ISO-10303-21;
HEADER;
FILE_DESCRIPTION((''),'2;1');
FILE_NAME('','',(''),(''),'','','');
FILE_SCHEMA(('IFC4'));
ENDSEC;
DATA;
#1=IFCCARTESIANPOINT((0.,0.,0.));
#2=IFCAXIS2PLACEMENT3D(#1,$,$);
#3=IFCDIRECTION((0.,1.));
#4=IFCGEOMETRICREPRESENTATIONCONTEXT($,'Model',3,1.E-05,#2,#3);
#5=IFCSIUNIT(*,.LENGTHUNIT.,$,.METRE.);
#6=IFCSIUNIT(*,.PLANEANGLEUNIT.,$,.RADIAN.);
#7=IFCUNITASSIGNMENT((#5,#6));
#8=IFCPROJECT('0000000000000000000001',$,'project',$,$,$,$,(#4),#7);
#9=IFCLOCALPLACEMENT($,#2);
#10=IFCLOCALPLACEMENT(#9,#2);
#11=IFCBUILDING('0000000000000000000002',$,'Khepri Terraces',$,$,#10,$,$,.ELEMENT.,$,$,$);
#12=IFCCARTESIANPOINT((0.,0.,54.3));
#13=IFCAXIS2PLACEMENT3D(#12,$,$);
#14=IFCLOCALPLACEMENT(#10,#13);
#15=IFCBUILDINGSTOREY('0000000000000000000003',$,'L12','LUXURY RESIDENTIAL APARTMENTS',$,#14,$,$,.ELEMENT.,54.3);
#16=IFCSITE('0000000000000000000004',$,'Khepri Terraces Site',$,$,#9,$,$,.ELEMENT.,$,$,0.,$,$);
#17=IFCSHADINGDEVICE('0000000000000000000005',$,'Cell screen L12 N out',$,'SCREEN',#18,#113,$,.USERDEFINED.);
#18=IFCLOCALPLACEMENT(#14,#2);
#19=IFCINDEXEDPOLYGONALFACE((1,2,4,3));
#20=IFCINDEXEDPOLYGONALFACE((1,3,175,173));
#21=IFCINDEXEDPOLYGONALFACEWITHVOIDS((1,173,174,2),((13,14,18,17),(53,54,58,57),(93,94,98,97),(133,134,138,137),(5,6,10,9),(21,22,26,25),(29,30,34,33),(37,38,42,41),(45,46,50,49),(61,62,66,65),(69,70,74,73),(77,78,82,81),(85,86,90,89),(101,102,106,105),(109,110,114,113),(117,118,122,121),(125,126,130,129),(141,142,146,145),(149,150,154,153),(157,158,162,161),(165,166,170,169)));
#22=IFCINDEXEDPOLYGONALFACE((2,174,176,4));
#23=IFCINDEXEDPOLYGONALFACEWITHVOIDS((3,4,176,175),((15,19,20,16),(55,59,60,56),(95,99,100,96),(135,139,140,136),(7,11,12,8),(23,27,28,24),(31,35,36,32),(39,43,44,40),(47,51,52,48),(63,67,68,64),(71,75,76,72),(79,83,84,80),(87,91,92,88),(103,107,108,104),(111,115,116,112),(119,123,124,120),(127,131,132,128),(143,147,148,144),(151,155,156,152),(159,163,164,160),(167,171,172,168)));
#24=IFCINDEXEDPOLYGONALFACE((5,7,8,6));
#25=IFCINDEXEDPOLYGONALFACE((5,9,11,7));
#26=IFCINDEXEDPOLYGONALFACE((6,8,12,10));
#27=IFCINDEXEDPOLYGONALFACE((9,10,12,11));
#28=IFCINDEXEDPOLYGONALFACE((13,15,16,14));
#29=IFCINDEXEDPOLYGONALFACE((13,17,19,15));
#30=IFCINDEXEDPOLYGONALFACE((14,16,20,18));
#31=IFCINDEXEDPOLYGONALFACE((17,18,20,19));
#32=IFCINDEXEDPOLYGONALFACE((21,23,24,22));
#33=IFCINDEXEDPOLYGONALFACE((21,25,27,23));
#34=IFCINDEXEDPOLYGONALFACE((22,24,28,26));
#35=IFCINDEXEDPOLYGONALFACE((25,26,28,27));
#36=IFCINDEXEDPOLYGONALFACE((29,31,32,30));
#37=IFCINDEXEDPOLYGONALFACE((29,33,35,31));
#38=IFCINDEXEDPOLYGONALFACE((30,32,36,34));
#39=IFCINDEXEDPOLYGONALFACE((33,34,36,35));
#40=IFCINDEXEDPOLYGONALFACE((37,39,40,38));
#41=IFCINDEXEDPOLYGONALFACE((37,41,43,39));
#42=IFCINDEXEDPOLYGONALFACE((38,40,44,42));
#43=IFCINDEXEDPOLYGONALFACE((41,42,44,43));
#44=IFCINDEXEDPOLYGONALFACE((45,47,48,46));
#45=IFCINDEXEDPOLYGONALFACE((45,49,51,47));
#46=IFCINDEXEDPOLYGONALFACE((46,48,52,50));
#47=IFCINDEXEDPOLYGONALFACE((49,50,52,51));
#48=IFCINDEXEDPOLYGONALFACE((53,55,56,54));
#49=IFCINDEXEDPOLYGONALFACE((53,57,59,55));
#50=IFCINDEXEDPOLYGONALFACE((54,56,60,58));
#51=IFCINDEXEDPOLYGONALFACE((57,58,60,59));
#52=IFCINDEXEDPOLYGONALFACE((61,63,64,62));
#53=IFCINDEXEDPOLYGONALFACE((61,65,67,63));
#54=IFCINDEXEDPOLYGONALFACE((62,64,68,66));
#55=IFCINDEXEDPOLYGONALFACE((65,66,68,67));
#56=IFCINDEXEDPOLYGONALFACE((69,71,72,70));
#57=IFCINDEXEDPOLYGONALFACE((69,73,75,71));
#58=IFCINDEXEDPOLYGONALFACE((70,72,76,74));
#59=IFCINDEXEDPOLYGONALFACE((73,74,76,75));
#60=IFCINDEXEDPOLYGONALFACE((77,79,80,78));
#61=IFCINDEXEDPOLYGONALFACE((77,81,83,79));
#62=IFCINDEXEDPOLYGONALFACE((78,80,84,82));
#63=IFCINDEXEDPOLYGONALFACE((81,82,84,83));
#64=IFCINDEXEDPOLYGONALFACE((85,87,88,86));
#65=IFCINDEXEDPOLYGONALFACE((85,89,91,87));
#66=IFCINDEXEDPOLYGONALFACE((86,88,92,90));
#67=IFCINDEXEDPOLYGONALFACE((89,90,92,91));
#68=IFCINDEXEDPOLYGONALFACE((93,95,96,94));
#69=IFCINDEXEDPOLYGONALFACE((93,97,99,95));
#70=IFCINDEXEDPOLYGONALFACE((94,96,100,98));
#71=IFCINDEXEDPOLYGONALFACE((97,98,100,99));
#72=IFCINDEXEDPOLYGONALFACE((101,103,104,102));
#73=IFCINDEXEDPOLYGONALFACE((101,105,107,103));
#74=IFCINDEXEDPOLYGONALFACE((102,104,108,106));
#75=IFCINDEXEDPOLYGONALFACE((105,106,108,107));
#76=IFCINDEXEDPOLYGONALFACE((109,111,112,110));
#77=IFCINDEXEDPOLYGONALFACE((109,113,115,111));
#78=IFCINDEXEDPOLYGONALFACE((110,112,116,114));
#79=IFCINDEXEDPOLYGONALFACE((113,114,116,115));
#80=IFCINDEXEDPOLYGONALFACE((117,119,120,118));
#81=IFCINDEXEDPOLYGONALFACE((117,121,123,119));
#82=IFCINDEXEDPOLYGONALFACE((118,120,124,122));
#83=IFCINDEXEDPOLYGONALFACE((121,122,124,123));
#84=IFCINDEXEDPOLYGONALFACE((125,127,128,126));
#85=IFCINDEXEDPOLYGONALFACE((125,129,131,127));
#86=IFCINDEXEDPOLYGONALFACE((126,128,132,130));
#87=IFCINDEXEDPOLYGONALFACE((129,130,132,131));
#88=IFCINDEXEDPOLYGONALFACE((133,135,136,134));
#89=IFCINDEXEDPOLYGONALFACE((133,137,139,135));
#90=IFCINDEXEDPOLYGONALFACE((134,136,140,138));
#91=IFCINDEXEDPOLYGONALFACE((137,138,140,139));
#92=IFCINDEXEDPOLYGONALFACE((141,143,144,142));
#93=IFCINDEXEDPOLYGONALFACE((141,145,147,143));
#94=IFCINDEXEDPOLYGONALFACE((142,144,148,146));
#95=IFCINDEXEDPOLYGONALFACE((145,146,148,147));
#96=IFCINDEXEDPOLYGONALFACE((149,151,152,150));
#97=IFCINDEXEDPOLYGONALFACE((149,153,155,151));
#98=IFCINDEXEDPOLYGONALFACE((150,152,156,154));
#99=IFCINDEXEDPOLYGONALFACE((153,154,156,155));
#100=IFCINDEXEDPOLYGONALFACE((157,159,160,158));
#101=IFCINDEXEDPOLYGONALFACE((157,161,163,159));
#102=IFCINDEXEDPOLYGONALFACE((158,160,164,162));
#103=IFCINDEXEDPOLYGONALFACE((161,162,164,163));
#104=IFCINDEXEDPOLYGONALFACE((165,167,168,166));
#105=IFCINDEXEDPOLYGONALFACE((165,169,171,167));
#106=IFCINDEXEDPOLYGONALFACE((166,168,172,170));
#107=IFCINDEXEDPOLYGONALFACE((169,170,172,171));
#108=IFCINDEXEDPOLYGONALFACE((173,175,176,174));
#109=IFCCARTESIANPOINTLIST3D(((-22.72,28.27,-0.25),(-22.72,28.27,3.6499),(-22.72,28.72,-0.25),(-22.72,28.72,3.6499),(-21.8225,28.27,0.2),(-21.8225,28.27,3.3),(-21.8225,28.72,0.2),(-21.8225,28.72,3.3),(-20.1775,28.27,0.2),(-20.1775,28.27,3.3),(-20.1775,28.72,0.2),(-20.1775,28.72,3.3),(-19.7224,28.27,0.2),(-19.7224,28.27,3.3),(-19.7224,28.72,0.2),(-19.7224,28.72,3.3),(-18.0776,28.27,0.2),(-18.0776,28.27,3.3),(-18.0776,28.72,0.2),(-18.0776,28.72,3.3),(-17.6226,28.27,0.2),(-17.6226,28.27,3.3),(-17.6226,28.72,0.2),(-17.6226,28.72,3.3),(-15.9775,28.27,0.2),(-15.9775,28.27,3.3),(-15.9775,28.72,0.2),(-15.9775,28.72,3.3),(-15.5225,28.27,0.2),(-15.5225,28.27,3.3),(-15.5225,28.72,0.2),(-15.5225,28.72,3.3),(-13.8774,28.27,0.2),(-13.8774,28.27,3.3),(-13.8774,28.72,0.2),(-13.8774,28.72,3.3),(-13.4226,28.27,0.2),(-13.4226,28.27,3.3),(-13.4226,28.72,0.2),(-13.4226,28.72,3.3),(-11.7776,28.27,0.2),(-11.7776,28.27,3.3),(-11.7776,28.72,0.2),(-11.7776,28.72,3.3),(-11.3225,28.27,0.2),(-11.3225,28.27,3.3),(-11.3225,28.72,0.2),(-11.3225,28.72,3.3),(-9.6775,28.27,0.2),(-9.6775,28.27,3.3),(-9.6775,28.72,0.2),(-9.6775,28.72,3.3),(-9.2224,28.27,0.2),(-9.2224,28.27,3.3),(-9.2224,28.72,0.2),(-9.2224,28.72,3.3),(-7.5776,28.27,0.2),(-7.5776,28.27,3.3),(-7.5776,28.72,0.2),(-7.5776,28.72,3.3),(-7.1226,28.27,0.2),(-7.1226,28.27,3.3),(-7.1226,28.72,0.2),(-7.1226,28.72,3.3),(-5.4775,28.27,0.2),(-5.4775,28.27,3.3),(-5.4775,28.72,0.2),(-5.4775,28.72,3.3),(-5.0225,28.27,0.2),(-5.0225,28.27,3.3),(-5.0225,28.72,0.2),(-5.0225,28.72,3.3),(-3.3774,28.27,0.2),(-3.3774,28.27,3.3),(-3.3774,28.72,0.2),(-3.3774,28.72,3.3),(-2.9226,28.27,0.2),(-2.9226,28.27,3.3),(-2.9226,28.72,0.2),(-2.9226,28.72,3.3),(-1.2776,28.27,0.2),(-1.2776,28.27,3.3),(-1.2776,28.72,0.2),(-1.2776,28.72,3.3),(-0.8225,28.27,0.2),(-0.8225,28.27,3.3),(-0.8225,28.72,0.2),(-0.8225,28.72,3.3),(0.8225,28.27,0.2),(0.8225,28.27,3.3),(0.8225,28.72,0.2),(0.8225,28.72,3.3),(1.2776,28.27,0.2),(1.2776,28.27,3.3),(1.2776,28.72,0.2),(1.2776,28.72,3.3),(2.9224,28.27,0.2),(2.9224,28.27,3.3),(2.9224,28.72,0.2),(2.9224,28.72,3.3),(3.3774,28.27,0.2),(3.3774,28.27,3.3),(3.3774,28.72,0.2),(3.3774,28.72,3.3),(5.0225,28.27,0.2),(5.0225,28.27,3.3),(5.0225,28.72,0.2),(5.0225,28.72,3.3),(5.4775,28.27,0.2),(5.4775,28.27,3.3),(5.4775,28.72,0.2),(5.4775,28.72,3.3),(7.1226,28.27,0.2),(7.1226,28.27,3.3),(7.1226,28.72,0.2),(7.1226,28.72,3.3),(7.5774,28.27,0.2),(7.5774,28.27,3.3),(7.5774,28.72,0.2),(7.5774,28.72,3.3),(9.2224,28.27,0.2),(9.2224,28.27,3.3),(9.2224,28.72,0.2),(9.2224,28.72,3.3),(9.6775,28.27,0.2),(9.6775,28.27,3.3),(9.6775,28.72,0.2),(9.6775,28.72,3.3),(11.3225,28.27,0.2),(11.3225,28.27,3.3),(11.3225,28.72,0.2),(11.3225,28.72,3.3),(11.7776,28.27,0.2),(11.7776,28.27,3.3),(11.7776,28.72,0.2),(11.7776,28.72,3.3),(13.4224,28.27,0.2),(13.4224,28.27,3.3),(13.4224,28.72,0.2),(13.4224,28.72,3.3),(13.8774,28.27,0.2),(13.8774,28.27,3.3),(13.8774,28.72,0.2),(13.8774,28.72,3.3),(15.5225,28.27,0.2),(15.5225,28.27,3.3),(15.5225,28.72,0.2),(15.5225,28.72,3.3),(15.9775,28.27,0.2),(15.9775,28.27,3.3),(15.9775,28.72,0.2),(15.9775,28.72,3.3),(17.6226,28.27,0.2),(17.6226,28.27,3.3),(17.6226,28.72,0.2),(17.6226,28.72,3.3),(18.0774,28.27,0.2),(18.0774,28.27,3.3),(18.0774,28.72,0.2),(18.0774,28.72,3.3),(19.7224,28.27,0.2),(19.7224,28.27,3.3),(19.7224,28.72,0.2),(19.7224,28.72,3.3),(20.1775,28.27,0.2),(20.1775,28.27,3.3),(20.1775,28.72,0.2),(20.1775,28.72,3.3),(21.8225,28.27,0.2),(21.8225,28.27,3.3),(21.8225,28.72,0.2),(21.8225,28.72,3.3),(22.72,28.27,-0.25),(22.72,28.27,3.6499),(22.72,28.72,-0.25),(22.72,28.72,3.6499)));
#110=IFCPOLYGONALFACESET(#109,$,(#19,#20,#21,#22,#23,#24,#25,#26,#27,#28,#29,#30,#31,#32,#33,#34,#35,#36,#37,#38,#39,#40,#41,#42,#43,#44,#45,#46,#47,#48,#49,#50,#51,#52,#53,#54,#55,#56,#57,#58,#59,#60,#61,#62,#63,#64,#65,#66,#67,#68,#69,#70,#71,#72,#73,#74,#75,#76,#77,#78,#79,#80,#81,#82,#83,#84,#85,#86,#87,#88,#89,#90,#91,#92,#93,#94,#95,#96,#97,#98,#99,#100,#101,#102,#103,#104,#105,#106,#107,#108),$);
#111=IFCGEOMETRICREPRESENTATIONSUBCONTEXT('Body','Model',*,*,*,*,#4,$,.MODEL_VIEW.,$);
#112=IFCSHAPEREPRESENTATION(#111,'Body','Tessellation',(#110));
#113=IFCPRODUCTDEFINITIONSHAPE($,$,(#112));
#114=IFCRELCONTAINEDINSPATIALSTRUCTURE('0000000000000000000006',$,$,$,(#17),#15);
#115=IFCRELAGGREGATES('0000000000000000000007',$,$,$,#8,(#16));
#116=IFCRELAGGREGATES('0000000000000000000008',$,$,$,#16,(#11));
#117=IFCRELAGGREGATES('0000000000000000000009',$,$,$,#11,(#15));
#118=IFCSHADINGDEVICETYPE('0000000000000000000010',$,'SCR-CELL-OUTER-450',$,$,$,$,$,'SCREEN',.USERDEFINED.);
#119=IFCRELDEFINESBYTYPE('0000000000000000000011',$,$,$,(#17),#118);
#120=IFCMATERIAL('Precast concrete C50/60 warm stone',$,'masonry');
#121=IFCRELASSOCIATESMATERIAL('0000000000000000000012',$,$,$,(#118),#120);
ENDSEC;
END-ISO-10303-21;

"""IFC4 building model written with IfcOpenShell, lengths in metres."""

from ifc_helpers import new_model, si_unit, direction, frame, origin, place, context, subcontext, project, spatial, polyline, outline, extrude, material, type_object, element, save


model = new_model("IFC4")

# Units and contexts
model_context = context("Model", 3, precision=1e-05, world=origin(), true_north=direction((0.0, 1.0)))
body_context = subcontext(model_context, "Body", "Model", "MODEL_VIEW")
ifc_project = project(units=[si_unit("LENGTHUNIT", "METRE"), si_unit("PLANEANGLEUNIT", "RADIAN")], contexts=[model_context])

# Site, building, storey
site_placement = place(None, origin())
site = spatial("IfcSite", under=ifc_project, at=site_placement, Name="Khepri Terraces Site", CompositionType="ELEMENT", RefElevation=0.0)
building_placement = place(site_placement, origin())
building = spatial("IfcBuilding", under=site, at=building_placement, Name="Khepri Terraces", CompositionType="ELEMENT")
storey_placement = place(building_placement, frame((0.0, 0.0, 54.3)))
storey = spatial("IfcBuildingStorey", under=building, at=storey_placement, Name="L12", Description="LUXURY RESIDENTIAL APARTMENTS", CompositionType="ELEMENT", Elevation=54.3)

# Shared definitions
ifc_material_1 = material(Name="Precast concrete C50/60 warm stone", Category="masonry")

# Shading device
shading_device_type_1 = type_object("IfcShadingDeviceType", Name="SCR-CELL-OUTER-450", ElementType="SCREEN", PredefinedType="USERDEFINED", material=ifc_material_1)
shading_device_1_placement = place(storey_placement, frame((22.72, 28.27, -0.25), z_axis=(0.0, 1.0, 0.0), x_axis=(-1.0, 0.0, 0.0)))
element("IfcShadingDevice", 1, at=shading_device_1_placement, inside=storey, type_object=shading_device_type_1, Name="Cell screen L12 N out", ObjectType="SCREEN", PredefinedType="USERDEFINED", context=body_context, shape_type="SweptSolid", body=[
    extrude(outline(polyline([(0.0, 0.0), (45.4399, 0.0), (45.4399, 3.8999), (0.0, 3.8999), (0.0, 0.0)]), holes=[polyline([(0.8975, 0.45), (2.5425, 0.45), (2.5425, 3.55), (0.8975, 3.55), (0.8975, 0.45)]), polyline([(2.9976, 0.45), (4.6426, 0.45), (4.6426, 3.55), (2.9976, 3.55), (2.9976, 0.45)]), polyline([(5.0974, 0.45), (6.7424, 0.45), (6.7424, 3.55), (5.0974, 3.55), (5.0974, 0.45)]), polyline([(7.1975, 0.45), (8.8425, 0.45), (8.8425, 3.55), (7.1975, 3.55), (7.1975, 0.45)]), polyline([(9.2976, 0.45), (10.9424, 0.45), (10.9424, 3.55), (9.2976, 3.55), (9.2976, 0.45)]), polyline([(11.3975, 0.45), (13.0425, 0.45), (13.0425, 3.55), (11.3975, 3.55), (11.3975, 0.45)]), polyline([(13.4976, 0.45), (15.1426, 0.45), (15.1426, 3.55), (13.4976, 3.55), (13.4976, 0.45)]), polyline([(15.5974, 0.45), (17.2424, 0.45), (17.2424, 3.55), (15.5974, 3.55), (15.5974, 0.45)]), polyline([(17.6975, 0.45), (19.3425, 0.45), (19.3425, 3.55), (17.6975, 3.55), (17.6975, 0.45)]), polyline([(19.7976, 0.45), (21.4424, 0.45), (21.4424, 3.55), (19.7976, 3.55), (19.7976, 0.45)]), polyline([(21.8975, 0.45), (23.5425, 0.45), (23.5425, 3.55), (21.8975, 3.55), (21.8975, 0.45)]), polyline([(23.9976, 0.45), (25.6426, 0.45), (25.6426, 3.55), (23.9976, 3.55), (23.9976, 0.45)]), polyline([(26.0974, 0.45), (27.7424, 0.45), (27.7424, 3.55), (26.0974, 3.55), (26.0974, 0.45)]), polyline([(28.1975, 0.45), (29.8425, 0.45), (29.8425, 3.55), (28.1975, 3.55), (28.1975, 0.45)]), polyline([(30.2976, 0.45), (31.9424, 0.45), (31.9424, 3.55), (30.2976, 3.55), (30.2976, 0.45)]), polyline([(32.3975, 0.45), (34.0425, 0.45), (34.0425, 3.55), (32.3975, 3.55), (32.3975, 0.45)]), polyline([(34.4976, 0.45), (36.1426, 0.45), (36.1426, 3.55), (34.4976, 3.55), (34.4976, 0.45)]), polyline([(36.5974, 0.45), (38.2424, 0.45), (38.2424, 3.55), (36.5974, 3.55), (36.5974, 0.45)]), polyline([(38.6975, 0.45), (40.3425, 0.45), (40.3425, 3.55), (38.6975, 3.55), (38.6975, 0.45)]), polyline([(40.7976, 0.45), (42.4424, 0.45), (42.4424, 3.55), (40.7976, 3.55), (40.7976, 0.45)]), polyline([(42.8975, 0.45), (44.5425, 0.45), (44.5425, 3.55), (42.8975, 3.55), (42.8975, 0.45)])]), origin(), (0.0, 0.0, 1.0), 0.45),
])

save(model, "model.ifc")
